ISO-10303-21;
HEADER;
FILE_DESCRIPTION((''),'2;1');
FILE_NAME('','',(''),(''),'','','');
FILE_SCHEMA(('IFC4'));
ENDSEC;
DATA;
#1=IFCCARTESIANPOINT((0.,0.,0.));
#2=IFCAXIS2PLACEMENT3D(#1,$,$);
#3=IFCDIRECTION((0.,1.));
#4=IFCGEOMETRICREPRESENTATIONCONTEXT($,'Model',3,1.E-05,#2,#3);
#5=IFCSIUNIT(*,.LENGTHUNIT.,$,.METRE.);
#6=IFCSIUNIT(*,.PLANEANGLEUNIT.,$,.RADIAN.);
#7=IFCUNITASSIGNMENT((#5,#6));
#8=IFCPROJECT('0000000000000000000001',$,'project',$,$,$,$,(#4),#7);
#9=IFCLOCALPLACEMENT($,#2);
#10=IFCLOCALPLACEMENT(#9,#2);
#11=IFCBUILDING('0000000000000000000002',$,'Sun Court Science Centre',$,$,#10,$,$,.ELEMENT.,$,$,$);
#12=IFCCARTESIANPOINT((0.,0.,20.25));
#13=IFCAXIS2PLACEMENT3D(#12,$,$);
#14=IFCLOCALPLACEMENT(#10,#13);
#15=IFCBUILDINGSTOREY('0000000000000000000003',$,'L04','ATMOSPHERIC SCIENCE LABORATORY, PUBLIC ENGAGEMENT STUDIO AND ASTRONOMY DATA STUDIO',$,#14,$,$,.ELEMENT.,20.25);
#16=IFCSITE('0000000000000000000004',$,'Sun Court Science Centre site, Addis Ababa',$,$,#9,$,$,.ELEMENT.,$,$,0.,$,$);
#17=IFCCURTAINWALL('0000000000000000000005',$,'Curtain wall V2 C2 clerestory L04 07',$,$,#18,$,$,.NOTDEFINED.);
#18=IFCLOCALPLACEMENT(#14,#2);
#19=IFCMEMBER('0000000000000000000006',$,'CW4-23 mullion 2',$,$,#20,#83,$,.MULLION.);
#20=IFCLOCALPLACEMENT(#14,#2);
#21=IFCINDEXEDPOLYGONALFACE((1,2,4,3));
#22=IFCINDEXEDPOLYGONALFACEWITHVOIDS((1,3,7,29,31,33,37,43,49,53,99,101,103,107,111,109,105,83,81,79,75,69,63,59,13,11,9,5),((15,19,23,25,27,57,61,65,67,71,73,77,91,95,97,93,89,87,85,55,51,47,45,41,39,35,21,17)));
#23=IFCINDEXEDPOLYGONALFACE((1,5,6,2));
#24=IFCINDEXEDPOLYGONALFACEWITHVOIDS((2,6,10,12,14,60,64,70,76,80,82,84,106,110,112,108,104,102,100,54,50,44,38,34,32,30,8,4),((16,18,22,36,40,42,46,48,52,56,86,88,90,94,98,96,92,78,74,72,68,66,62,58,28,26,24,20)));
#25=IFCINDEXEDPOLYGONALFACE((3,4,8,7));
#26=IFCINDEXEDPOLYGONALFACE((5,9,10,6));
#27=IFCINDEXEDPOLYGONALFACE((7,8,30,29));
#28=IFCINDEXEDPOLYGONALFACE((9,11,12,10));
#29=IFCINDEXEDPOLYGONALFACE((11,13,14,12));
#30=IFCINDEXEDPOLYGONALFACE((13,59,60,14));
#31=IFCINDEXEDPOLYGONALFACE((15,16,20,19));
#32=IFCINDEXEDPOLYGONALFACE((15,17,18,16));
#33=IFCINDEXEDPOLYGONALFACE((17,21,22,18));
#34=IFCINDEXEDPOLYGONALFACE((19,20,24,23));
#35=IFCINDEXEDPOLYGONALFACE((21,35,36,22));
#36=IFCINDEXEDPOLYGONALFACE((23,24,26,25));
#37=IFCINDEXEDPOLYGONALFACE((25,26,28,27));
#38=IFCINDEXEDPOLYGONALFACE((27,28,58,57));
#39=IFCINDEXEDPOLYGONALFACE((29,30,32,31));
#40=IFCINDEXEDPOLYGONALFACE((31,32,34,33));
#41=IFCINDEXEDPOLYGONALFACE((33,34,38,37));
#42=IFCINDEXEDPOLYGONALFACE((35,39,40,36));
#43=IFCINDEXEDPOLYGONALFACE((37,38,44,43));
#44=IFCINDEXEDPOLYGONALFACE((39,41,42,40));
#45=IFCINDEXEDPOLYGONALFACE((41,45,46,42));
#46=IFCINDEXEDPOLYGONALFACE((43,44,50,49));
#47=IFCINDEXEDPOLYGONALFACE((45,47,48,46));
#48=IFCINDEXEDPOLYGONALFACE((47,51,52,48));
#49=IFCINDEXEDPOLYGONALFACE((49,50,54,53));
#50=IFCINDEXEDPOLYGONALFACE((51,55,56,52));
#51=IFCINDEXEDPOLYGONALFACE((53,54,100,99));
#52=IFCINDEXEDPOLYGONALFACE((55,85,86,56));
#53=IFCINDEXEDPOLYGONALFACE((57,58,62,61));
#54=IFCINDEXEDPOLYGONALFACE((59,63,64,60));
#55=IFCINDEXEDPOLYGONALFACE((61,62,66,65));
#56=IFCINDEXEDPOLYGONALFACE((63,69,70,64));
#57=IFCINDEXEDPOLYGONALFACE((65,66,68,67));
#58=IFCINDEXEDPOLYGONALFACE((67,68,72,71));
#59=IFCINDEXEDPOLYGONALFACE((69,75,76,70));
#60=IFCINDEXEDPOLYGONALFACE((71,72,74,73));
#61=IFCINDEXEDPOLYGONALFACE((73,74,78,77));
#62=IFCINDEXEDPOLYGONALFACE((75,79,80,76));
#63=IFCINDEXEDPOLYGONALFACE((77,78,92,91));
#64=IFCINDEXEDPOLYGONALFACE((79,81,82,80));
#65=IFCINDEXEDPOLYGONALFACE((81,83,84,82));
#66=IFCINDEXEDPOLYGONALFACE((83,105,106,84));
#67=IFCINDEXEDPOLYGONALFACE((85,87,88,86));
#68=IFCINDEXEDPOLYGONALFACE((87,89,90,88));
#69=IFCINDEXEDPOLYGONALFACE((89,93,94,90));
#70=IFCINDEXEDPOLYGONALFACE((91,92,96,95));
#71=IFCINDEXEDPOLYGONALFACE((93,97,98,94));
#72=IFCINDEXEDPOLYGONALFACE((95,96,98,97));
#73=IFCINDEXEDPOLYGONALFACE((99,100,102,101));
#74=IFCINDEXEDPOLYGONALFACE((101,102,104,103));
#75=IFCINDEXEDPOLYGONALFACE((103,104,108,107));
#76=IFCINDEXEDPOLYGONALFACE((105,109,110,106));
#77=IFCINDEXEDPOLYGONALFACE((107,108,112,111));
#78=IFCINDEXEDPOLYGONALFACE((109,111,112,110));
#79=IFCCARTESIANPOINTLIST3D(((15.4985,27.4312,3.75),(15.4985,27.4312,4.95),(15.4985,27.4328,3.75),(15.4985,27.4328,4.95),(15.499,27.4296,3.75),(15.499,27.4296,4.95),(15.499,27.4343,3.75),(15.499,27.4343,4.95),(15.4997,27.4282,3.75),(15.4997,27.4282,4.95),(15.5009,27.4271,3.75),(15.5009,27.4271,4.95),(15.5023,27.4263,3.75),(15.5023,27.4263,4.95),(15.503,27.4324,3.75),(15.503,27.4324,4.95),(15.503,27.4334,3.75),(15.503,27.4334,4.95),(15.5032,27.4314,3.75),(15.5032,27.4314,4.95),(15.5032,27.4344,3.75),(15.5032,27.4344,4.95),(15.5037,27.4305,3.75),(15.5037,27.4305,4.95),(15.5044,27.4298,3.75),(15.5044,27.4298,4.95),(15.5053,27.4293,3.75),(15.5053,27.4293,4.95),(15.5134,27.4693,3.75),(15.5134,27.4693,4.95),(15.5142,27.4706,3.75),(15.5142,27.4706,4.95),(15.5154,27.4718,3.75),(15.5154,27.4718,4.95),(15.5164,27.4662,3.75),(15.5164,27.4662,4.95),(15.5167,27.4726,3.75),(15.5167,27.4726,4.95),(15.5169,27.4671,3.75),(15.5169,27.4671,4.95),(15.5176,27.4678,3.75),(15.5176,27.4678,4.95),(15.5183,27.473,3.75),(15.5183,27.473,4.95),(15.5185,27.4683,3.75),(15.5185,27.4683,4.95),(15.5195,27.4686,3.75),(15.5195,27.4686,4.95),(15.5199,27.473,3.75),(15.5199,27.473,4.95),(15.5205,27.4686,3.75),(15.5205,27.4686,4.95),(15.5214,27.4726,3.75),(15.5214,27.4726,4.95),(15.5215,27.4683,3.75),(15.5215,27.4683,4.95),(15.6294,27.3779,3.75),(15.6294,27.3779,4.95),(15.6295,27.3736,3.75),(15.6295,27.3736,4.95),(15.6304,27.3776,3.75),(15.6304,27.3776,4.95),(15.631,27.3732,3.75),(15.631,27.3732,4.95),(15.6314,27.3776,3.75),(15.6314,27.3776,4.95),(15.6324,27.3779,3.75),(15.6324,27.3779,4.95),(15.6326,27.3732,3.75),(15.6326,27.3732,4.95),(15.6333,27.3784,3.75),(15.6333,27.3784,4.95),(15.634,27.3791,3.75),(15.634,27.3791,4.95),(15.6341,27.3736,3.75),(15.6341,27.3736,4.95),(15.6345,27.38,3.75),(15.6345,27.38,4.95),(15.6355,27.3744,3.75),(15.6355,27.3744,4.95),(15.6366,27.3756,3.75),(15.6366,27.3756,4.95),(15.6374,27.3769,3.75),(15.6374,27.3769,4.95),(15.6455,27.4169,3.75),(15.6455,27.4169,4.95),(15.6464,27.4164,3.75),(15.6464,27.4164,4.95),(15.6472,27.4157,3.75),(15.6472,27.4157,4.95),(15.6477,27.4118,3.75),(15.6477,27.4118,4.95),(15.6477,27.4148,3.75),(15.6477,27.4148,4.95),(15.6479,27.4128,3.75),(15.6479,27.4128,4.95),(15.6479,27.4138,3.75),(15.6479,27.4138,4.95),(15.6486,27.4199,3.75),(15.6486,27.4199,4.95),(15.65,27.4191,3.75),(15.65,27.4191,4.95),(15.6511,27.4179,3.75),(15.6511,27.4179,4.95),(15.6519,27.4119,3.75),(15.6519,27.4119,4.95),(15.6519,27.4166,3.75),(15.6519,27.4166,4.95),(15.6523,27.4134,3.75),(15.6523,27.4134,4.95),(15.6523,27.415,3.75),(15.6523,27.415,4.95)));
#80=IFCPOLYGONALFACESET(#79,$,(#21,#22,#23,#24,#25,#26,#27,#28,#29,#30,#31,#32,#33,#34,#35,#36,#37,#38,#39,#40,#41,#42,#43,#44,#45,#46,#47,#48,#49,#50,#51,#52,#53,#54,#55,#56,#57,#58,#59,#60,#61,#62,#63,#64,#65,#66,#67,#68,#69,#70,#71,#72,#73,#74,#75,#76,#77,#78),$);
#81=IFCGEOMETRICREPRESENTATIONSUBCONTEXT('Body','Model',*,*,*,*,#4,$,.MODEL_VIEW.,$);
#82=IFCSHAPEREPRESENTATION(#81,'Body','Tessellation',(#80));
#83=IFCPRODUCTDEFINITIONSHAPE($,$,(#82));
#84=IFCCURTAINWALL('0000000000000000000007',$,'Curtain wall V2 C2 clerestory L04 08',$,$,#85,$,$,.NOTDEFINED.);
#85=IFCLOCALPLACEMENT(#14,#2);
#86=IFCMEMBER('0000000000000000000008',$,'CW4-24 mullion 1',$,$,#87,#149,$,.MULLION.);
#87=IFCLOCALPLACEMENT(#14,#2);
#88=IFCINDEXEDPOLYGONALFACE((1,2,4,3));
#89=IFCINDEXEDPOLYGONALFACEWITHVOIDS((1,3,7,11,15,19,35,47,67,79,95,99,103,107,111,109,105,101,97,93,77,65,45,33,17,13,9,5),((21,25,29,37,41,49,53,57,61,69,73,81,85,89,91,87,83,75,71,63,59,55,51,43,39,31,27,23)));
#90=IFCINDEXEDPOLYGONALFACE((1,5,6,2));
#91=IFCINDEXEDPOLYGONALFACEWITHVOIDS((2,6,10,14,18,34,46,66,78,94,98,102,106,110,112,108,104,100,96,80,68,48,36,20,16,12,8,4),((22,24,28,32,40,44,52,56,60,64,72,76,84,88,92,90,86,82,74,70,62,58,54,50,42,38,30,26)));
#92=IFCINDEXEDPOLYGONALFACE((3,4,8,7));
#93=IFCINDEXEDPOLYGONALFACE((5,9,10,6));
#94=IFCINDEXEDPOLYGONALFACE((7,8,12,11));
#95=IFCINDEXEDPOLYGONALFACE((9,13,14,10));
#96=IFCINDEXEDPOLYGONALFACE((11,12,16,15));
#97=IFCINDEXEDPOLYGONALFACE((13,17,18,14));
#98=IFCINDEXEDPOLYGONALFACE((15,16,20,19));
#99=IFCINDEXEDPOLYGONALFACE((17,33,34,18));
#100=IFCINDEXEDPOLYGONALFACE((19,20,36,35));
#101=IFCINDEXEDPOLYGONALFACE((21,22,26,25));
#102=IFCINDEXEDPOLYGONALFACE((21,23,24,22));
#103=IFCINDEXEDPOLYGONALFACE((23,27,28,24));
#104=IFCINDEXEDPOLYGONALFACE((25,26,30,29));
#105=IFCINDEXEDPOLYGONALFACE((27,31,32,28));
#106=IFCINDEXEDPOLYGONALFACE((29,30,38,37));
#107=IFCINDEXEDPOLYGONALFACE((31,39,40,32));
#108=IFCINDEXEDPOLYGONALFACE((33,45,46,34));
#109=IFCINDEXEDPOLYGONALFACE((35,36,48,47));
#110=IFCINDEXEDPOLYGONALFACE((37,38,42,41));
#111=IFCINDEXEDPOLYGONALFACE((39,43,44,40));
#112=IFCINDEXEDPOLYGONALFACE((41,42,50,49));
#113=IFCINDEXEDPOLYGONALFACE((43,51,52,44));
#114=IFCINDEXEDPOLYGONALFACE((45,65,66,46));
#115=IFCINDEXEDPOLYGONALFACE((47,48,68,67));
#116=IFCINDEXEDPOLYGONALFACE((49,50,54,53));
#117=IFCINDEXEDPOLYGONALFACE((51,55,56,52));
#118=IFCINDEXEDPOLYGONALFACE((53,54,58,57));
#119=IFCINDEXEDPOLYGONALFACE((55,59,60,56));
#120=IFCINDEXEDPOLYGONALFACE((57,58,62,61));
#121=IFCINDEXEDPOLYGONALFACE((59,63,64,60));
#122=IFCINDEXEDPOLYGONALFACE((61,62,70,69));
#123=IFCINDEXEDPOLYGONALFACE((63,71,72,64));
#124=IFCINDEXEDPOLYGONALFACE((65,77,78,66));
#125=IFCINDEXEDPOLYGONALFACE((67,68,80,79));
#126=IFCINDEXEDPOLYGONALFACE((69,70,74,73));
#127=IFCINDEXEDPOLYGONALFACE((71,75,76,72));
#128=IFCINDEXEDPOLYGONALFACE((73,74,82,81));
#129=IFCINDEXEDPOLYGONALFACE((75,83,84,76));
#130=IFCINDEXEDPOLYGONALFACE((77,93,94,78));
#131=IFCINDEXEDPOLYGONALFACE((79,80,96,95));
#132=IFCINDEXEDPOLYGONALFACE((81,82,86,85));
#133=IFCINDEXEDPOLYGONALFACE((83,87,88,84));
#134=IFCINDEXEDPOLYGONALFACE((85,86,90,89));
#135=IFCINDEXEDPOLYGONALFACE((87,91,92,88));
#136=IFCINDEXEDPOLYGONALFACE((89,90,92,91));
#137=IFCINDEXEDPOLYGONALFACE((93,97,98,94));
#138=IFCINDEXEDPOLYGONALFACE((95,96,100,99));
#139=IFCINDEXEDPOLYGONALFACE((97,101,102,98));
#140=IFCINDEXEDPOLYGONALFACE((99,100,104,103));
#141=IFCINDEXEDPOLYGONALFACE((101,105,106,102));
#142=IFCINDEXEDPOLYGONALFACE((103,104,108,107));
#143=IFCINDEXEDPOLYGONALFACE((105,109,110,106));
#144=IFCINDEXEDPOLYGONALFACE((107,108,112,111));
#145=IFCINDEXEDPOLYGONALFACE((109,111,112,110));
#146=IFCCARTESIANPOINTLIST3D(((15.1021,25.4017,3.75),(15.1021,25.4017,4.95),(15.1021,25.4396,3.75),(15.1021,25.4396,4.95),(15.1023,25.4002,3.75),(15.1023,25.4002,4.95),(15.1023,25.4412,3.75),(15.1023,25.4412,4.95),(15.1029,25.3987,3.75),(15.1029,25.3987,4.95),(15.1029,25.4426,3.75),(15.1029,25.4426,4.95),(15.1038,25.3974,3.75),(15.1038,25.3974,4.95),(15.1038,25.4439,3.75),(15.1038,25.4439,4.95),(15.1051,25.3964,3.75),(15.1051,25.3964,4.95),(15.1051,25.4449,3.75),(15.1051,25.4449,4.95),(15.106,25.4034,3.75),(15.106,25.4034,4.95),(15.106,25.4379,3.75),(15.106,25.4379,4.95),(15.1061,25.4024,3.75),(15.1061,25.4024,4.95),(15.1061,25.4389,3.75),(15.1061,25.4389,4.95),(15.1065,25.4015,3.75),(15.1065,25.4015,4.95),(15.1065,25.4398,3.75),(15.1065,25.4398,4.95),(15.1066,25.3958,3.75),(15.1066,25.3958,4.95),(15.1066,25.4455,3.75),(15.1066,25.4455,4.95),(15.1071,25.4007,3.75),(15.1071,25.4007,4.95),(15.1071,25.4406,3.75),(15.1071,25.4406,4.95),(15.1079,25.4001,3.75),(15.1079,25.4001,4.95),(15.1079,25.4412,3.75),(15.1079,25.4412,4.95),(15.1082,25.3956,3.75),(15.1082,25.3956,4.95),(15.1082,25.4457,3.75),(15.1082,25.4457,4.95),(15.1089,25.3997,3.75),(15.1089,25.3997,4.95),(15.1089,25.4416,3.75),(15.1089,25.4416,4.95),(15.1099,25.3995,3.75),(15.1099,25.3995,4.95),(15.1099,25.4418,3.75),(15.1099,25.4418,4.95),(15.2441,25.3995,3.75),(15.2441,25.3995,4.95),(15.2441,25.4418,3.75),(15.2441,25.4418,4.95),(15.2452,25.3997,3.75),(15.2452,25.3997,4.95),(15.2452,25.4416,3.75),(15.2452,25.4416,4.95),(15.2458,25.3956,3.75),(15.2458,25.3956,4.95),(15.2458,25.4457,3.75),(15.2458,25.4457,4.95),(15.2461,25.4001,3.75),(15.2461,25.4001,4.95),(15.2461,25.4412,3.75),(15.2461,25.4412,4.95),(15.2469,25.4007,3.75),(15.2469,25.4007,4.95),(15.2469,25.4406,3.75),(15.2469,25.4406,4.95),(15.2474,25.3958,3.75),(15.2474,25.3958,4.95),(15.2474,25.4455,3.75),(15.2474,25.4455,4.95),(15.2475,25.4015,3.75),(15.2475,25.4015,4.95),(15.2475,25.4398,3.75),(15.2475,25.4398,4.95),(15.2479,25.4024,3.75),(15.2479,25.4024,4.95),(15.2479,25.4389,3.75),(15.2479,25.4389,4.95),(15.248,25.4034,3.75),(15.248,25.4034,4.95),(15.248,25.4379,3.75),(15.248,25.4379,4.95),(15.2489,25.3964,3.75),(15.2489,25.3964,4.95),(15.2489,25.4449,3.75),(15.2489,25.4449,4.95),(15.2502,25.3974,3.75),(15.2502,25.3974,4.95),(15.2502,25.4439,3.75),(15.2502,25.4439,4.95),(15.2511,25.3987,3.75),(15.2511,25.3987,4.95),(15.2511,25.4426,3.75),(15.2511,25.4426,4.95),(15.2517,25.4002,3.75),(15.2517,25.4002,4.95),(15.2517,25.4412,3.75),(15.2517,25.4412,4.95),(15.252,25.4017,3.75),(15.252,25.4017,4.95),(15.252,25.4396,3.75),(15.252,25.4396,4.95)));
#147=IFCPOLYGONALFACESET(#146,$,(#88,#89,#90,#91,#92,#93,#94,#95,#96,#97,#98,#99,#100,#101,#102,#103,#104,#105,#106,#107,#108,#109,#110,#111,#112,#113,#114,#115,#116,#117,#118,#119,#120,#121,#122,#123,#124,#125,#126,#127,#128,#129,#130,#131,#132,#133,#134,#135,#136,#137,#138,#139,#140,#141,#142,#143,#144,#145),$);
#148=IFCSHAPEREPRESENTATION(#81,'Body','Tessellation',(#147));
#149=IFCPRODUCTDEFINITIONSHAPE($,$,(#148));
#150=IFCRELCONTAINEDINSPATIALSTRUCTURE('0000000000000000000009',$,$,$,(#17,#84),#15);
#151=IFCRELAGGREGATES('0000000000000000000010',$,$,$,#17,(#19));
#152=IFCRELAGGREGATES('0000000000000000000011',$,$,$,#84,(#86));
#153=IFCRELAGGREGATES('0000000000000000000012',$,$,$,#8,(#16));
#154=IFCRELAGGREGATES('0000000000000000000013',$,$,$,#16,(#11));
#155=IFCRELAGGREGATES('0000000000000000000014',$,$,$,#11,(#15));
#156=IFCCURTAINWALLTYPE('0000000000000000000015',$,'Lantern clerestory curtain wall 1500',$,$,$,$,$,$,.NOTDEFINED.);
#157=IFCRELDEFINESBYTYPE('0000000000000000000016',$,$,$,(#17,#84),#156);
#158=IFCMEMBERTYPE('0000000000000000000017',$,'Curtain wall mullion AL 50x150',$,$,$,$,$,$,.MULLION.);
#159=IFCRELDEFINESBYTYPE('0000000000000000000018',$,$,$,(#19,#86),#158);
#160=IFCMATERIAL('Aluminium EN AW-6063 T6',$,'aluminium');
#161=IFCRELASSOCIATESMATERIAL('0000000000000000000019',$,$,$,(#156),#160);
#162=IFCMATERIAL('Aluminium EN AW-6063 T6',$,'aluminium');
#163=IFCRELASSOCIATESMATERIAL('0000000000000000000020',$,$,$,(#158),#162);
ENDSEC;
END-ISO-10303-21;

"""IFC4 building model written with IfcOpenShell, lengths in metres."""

from ifc_helpers import new_model, si_unit, direction, frame, origin, origin_2d, place, context, subcontext, project, spatial, hollow_rectangle, extrude, material, material_profile, profile_set, type_object, element, aggregate, save


model = new_model("IFC4")

# Units and contexts
model_context = context("Model", 3, precision=1e-05, world=origin(), true_north=direction((0.0, 1.0)))
body_context = subcontext(model_context, "Body", "Model", "MODEL_VIEW")
ifc_project = project(units=[si_unit("LENGTHUNIT", "METRE"), si_unit("PLANEANGLEUNIT", "RADIAN")], contexts=[model_context])

# Site, building, storey
site_placement = place(None, origin())
site = spatial("IfcSite", under=ifc_project, at=site_placement, Name="Sun Court Science Centre site, Addis Ababa", CompositionType="ELEMENT", RefElevation=0.0)
building_placement = place(site_placement, origin())
building = spatial("IfcBuilding", under=site, at=building_placement, Name="Sun Court Science Centre", CompositionType="ELEMENT")
storey_placement = place(building_placement, frame((0.0, 0.0, 20.25)))
storey = spatial("IfcBuildingStorey", under=building, at=storey_placement, Name="L04", Description="ATMOSPHERIC SCIENCE LABORATORY, PUBLIC ENGAGEMENT STUDIO AND ASTRONOMY DATA STUDIO", CompositionType="ELEMENT", Elevation=20.25)

# Shared definitions
ifc_material_1 = material(Name="Aluminium EN AW-6063 T6", Category="aluminium")
curtain_wall_type = type_object("IfcCurtainWallType", Name="Lantern clerestory curtain wall 1500", PredefinedType="NOTDEFINED", material=ifc_material_1)
ifc_material_2 = material(Name="Aluminium EN AW-6063 T6", Category="aluminium")
ifc_material_profile_1 = material_profile(ifc_material_2, hollow_rectangle(XDim=0.05, YDim=0.1499, WallThickness=0.0039, InnerFilletRadius=0.0039, OuterFilletRadius=0.0061, at=origin_2d()), Name="AL 50x150x4")
ifc_profile_set_1 = profile_set([ifc_material_profile_1], Name="Aluminium EN AW-6063 T6")
member_type_1 = type_object("IfcMemberType", Name="Curtain wall mullion AL 50x150", PredefinedType="MULLION", material=ifc_profile_set_1)

# Curtain walls, members
curtain_wall_1_placement = place(storey_placement, origin())
curtain_wall_1 = element("IfcCurtainWall", 1, at=curtain_wall_1_placement, inside=storey, type_object=curtain_wall_type, Name="Curtain wall V2 C2 clerestory L04 07", PredefinedType="NOTDEFINED")
member_1_placement = place(storey_placement, frame((15.5754, 27.4231, 3.75), z_axis=(0.0, 0.0, 1.0), x_axis=(0.382683, 0.92388, 0.0)))
member_1 = element("IfcMember", 2, at=member_1_placement, type_object=member_type_1, Name="CW4-23 mullion 2", PredefinedType="MULLION", context=body_context, shape_type="SweptSolid", body=[
    extrude(hollow_rectangle(XDim=0.05, YDim=0.1499, WallThickness=0.0039, InnerFilletRadius=0.0039, OuterFilletRadius=0.0061, at=origin_2d()), origin(), (0.0, 0.0, 1.0), 1.2),
])
aggregate(curtain_wall_1, [member_1])
curtain_wall_2_placement = place(storey_placement, origin())
curtain_wall_2 = element("IfcCurtainWall", 3, at=curtain_wall_2_placement, inside=storey, type_object=curtain_wall_type, Name="Curtain wall V2 C2 clerestory L04 08", PredefinedType="NOTDEFINED")
member_2_placement = place(storey_placement, frame((15.177, 25.4207, 3.75), z_axis=(0.0, 0.0, 1.0), x_axis=(0.0, 1.0, 0.0)))
member_2 = element("IfcMember", 4, at=member_2_placement, type_object=member_type_1, Name="CW4-24 mullion 1", PredefinedType="MULLION", context=body_context, shape_type="SweptSolid", body=[
    extrude(hollow_rectangle(XDim=0.05, YDim=0.1499, WallThickness=0.0039, InnerFilletRadius=0.0039, OuterFilletRadius=0.0061, at=origin_2d()), origin(), (0.0, 0.0, 1.0), 1.2),
])
aggregate(curtain_wall_2, [member_2])

save(model, "model.ifc")
